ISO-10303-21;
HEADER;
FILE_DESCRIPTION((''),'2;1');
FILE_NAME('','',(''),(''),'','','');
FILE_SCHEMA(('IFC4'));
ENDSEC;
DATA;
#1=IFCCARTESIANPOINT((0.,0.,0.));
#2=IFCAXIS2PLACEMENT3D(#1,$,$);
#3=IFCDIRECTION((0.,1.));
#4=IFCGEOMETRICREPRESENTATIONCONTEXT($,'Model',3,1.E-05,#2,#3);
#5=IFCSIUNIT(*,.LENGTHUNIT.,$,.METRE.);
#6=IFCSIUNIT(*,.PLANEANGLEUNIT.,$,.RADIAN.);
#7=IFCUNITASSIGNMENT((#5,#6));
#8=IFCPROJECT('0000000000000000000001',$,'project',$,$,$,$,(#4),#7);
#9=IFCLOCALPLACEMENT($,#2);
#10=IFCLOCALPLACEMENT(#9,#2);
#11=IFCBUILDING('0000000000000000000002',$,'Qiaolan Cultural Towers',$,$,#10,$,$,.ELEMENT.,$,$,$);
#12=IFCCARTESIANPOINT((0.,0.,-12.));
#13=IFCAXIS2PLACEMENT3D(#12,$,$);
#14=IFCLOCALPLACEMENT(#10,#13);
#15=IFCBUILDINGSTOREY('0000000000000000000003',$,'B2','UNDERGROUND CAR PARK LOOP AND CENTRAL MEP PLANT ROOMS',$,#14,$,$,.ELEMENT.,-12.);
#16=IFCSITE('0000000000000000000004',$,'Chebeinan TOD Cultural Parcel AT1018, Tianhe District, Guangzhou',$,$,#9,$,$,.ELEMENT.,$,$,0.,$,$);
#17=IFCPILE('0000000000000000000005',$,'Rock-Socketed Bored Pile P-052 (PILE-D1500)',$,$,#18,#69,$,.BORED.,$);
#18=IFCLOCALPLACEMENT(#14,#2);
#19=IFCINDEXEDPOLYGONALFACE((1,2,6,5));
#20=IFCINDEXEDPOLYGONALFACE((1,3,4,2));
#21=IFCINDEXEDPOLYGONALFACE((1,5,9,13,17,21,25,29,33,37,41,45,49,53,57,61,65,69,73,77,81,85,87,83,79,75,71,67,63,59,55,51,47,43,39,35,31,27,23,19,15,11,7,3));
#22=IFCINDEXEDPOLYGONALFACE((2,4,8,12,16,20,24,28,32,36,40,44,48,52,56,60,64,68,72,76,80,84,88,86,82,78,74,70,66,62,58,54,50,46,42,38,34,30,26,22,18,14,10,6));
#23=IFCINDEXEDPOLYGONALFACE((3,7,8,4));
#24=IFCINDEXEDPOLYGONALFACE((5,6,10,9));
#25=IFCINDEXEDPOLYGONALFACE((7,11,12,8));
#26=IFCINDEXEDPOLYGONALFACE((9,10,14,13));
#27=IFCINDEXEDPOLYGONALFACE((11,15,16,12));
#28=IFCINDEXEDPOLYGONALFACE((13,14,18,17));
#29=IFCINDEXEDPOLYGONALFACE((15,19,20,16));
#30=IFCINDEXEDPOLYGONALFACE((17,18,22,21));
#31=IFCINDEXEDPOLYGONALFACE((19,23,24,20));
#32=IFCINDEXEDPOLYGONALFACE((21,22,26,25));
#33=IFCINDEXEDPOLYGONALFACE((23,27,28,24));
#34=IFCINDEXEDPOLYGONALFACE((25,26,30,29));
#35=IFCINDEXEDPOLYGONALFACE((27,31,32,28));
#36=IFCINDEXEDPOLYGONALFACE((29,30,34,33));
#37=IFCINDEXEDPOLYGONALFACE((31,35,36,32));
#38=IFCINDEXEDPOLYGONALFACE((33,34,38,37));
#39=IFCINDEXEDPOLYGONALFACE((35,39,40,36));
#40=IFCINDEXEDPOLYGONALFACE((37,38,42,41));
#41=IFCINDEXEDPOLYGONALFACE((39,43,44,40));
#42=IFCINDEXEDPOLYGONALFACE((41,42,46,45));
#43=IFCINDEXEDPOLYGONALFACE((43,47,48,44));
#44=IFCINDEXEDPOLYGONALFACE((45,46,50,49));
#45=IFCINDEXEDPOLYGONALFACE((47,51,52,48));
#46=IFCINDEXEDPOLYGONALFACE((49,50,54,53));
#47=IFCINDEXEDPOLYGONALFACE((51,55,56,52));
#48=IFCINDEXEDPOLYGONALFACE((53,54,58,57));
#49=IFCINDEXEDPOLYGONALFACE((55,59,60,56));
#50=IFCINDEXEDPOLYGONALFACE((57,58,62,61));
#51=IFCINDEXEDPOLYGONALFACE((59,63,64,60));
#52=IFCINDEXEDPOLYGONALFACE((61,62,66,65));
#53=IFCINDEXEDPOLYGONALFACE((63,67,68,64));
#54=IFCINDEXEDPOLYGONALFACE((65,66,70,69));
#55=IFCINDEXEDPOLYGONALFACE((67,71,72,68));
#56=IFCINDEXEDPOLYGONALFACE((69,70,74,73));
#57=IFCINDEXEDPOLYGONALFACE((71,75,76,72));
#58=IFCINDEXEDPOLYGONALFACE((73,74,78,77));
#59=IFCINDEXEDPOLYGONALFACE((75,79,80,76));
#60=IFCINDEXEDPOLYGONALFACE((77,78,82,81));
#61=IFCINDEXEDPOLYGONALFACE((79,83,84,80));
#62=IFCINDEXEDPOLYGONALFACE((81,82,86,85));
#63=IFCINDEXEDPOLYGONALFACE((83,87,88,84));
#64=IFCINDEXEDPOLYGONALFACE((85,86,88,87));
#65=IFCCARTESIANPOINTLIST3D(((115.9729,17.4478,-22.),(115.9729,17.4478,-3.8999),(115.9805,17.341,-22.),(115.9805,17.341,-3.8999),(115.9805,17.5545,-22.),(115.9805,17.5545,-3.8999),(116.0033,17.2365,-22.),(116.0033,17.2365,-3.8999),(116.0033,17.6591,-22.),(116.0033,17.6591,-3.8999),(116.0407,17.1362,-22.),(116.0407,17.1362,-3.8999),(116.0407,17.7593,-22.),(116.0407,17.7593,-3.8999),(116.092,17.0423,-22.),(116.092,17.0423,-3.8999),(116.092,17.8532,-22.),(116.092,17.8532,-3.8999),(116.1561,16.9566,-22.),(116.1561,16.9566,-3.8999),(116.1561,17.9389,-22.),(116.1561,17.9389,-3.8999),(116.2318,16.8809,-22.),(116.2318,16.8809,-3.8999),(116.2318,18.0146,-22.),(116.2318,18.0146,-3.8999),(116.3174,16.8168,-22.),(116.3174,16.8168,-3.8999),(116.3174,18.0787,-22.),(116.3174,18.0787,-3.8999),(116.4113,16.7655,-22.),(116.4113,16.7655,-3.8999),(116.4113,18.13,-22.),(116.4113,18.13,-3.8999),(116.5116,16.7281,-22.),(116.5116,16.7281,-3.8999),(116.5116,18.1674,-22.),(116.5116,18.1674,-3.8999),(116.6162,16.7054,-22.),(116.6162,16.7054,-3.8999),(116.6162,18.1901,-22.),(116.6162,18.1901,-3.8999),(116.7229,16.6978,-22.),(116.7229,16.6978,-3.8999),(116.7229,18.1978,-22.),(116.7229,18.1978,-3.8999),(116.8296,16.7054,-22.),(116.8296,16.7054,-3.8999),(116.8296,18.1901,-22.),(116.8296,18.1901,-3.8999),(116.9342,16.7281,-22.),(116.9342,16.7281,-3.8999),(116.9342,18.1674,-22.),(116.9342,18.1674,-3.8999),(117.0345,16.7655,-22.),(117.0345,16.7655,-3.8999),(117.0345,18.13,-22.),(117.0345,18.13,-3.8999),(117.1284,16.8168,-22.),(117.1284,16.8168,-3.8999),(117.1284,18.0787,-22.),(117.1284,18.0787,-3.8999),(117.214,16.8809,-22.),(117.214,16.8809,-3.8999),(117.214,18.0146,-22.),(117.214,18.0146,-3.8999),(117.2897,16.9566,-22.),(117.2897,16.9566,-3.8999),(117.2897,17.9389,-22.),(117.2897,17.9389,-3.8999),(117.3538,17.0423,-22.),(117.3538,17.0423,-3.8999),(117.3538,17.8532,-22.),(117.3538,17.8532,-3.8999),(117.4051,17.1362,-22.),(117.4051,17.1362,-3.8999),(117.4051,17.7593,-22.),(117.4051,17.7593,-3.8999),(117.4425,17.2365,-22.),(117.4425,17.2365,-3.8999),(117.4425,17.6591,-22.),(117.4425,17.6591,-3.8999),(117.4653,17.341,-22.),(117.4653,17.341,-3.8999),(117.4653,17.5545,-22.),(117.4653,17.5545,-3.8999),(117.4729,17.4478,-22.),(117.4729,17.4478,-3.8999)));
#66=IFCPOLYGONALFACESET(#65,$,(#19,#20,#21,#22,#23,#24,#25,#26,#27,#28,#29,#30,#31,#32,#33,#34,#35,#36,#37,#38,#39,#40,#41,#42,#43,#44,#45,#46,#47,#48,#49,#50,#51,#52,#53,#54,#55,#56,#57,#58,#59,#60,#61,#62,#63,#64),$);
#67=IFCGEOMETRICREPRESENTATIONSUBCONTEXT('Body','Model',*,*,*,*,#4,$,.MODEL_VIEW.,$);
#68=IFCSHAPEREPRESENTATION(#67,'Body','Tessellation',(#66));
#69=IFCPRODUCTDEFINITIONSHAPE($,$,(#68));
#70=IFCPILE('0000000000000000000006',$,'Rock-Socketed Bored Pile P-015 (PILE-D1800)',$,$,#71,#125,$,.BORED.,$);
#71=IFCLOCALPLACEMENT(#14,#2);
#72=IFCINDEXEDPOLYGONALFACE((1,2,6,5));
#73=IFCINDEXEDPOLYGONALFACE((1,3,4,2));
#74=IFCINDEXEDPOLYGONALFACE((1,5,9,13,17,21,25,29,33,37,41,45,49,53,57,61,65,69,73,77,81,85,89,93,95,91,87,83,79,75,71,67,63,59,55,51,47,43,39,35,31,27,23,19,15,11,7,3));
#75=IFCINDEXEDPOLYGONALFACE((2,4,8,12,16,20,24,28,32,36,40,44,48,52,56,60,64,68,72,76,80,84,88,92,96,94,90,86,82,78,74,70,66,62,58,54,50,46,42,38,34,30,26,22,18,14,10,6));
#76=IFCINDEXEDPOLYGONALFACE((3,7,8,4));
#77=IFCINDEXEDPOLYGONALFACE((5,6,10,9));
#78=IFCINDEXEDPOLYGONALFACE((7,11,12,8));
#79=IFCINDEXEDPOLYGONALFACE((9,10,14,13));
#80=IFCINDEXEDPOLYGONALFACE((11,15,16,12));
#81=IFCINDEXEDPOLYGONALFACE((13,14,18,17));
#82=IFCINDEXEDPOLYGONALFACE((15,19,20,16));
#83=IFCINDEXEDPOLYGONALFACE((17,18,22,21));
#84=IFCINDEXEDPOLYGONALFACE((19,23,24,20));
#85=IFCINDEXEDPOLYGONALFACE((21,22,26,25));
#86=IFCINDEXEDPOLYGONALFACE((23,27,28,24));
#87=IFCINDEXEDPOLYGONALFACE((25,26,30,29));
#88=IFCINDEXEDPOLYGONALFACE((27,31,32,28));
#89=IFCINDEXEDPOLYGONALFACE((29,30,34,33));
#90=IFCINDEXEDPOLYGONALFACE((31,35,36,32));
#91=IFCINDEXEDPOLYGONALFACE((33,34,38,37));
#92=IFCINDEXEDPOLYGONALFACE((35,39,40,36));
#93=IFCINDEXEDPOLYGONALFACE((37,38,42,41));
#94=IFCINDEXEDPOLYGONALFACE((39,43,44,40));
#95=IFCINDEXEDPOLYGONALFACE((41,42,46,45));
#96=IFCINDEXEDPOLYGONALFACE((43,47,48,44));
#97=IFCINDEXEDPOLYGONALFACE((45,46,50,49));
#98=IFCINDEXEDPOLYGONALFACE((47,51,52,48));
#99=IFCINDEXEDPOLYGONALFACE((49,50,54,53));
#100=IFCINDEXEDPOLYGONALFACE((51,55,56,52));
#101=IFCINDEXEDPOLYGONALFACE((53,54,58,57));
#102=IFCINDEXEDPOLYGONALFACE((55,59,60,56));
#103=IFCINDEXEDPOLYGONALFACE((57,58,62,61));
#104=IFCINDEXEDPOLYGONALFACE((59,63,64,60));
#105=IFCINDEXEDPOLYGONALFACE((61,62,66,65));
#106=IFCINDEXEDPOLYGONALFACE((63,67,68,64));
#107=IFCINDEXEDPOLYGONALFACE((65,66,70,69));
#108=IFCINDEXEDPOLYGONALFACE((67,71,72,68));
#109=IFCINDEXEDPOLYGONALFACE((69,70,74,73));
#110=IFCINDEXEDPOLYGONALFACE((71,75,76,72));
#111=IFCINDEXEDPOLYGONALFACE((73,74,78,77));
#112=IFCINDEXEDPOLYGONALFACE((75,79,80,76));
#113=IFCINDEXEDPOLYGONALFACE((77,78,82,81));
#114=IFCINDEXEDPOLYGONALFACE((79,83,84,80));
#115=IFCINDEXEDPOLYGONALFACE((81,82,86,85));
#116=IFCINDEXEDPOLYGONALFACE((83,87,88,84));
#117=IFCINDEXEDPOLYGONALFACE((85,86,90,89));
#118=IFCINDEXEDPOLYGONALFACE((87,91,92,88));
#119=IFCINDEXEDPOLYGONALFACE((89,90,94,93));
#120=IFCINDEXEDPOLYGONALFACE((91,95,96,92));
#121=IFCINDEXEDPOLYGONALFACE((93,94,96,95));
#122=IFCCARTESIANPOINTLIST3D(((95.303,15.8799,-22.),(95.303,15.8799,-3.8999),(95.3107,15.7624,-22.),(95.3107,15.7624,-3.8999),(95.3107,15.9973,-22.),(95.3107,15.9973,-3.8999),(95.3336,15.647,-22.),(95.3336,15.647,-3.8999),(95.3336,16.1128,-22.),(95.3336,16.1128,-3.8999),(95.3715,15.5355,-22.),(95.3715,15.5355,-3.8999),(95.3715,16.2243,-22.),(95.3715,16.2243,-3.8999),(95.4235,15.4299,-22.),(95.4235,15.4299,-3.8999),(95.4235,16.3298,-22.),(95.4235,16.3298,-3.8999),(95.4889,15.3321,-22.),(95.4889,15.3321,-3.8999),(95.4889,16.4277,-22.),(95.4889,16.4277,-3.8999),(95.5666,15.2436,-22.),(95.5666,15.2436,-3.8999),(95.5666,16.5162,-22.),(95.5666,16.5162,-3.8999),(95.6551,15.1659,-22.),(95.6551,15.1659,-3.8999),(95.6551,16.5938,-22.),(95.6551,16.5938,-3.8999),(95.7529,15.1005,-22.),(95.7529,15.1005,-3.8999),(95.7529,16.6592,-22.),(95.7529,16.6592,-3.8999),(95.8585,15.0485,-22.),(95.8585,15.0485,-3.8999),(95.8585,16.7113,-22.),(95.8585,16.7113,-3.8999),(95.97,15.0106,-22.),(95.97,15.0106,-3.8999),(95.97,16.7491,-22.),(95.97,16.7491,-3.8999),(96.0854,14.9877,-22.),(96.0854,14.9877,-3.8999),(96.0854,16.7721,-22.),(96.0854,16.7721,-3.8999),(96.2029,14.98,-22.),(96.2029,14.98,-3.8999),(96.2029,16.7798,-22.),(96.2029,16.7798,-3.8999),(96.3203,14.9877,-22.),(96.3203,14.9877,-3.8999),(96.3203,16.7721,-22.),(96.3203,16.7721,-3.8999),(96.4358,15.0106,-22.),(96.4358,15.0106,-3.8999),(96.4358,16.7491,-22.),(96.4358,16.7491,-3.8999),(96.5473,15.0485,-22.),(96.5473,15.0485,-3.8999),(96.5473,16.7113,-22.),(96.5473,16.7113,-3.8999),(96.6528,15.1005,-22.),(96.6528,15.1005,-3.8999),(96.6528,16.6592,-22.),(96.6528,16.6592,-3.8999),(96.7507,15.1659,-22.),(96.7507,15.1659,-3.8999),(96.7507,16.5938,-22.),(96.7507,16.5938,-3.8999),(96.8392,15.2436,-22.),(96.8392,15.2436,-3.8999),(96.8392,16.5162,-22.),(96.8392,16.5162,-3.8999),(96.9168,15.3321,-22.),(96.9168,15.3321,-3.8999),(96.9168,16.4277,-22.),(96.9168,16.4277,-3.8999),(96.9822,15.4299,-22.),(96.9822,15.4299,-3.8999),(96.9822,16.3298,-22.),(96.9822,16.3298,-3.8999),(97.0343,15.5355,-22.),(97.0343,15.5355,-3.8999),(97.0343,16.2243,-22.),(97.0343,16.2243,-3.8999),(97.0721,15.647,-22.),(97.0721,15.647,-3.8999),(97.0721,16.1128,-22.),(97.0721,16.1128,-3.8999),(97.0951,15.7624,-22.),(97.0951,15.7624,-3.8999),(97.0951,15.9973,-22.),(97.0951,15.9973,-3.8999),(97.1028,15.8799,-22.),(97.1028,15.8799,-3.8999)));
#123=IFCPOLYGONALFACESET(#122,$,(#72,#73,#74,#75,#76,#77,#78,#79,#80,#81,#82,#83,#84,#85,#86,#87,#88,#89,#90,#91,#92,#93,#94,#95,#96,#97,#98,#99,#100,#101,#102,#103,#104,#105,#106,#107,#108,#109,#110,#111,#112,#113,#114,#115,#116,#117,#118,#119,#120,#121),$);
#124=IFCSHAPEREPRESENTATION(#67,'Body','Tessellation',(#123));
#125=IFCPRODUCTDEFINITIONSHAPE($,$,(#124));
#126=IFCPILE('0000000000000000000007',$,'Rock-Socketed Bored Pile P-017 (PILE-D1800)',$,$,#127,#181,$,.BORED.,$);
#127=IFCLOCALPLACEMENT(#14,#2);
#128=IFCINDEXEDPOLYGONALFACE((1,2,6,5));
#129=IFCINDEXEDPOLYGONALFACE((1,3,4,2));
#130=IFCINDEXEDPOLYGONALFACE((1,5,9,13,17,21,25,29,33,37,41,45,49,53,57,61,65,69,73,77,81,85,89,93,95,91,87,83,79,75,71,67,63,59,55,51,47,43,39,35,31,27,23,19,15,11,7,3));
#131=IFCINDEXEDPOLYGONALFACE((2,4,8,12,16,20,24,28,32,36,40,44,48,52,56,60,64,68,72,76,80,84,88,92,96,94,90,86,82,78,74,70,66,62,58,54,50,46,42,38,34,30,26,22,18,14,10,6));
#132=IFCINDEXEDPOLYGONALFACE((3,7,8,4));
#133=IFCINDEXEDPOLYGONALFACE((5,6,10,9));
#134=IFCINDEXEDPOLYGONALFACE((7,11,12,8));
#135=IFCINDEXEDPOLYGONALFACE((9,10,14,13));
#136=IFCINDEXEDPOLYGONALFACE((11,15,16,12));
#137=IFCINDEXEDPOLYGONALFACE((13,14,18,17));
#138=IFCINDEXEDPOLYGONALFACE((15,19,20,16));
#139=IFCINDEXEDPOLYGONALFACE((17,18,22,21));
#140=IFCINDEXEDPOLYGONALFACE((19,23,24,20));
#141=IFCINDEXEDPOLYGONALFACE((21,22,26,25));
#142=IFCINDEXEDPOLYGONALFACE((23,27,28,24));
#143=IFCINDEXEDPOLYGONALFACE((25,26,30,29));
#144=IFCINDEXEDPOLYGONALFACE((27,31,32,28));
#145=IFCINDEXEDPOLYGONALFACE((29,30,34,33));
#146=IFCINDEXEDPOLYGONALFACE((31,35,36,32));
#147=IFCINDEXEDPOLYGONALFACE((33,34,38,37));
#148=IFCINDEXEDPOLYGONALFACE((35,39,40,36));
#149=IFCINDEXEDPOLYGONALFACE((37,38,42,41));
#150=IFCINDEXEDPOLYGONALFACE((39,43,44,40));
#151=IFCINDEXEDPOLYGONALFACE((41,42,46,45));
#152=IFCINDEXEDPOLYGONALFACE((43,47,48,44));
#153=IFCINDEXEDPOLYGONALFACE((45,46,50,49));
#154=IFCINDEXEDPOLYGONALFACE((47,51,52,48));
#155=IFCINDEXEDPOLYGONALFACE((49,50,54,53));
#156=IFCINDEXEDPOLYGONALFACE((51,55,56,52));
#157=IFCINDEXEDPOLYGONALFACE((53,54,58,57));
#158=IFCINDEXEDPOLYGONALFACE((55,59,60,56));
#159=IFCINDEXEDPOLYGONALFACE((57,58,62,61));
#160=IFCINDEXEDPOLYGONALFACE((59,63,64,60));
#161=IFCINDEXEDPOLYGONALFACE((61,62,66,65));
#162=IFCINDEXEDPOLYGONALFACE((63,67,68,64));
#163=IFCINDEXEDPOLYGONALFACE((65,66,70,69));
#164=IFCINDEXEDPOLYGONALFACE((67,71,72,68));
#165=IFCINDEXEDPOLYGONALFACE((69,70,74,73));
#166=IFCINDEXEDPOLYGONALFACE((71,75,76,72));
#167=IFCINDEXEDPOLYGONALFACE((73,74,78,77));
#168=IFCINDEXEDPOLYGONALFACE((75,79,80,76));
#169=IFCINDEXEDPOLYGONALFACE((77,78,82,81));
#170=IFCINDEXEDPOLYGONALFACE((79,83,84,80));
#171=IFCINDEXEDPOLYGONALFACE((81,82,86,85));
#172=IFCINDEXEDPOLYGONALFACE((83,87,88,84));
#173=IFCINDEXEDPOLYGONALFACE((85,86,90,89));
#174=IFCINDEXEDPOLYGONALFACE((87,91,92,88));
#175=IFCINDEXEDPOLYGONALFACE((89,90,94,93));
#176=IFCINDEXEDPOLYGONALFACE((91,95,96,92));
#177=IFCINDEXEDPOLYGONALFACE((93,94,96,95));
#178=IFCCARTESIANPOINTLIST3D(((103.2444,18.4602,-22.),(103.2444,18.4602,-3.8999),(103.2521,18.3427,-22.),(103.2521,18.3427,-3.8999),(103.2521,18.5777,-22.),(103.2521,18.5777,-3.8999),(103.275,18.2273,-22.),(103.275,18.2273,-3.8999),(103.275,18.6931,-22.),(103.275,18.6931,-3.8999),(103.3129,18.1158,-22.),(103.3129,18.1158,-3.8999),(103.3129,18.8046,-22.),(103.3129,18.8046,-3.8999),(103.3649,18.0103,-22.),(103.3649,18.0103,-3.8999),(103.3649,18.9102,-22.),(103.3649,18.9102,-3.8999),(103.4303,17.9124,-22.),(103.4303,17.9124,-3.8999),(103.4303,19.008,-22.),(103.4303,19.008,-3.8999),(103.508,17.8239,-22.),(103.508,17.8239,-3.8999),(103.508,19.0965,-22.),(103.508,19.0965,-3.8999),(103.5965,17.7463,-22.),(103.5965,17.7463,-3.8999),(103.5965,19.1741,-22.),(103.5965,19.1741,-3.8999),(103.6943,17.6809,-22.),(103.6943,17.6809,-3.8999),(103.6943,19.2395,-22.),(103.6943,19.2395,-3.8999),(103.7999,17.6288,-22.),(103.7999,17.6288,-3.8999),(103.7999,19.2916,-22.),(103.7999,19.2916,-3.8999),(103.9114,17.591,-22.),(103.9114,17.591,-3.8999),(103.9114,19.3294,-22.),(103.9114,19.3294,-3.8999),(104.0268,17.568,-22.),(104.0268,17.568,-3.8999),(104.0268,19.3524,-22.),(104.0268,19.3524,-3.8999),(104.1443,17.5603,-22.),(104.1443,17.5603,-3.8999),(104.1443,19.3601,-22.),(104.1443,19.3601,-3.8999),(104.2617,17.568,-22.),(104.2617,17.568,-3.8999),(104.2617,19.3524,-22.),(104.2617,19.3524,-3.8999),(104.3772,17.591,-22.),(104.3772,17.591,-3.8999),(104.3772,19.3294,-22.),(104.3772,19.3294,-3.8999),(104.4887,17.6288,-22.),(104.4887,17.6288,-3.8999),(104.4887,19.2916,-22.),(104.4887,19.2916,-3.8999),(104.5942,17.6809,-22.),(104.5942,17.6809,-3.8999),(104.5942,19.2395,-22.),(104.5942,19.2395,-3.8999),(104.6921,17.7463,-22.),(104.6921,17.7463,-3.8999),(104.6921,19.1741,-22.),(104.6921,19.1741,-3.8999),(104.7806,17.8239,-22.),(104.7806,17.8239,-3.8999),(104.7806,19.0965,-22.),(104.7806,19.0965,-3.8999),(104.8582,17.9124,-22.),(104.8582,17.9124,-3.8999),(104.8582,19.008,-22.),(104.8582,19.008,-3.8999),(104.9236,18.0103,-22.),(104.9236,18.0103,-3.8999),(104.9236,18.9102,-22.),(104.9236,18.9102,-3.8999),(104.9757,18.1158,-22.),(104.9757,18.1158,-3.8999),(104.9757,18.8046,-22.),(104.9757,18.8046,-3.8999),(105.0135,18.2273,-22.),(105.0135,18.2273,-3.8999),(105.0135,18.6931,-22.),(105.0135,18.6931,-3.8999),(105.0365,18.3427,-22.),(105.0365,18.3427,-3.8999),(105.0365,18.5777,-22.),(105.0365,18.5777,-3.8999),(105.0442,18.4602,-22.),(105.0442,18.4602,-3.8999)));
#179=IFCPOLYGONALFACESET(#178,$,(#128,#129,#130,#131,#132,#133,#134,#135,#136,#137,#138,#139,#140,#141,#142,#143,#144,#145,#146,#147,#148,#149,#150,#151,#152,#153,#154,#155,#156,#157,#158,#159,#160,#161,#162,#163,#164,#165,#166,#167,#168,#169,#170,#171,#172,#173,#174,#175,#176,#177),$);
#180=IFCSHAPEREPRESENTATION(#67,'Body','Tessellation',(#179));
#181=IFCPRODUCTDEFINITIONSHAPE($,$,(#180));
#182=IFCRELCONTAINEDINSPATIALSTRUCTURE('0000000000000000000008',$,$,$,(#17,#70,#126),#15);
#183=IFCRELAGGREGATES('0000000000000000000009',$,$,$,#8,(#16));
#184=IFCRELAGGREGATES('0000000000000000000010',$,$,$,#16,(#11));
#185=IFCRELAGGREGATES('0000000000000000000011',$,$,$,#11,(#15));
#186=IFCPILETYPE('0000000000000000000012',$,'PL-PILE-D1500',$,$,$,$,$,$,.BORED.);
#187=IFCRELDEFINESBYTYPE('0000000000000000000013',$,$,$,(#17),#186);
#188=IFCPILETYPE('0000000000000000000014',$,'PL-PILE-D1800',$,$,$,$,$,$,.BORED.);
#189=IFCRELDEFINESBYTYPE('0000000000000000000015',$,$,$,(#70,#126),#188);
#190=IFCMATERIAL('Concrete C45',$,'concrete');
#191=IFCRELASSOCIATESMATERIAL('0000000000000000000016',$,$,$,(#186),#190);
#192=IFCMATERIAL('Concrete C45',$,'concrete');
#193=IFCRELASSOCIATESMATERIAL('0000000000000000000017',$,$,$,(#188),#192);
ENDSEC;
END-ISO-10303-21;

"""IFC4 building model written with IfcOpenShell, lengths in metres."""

from ifc_helpers import new_model, si_unit, direction, frame, origin, origin_2d, place, context, subcontext, project, spatial, circle, extrude, material, material_profile, profile_set, type_object, element, save


model = new_model("IFC4")

# Units and contexts
model_context = context("Model", 3, precision=1e-05, world=origin(), true_north=direction((0.0, 1.0)))
body_context = subcontext(model_context, "Body", "Model", "MODEL_VIEW")
ifc_project = project(units=[si_unit("LENGTHUNIT", "METRE"), si_unit("PLANEANGLEUNIT", "RADIAN")], contexts=[model_context])

# Site, building, storey
site_placement = place(None, origin())
site = spatial("IfcSite", under=ifc_project, at=site_placement, Name="Chebeinan TOD Cultural Parcel AT1018, Tianhe District, Guangzhou", CompositionType="ELEMENT", RefElevation=0.0)
building_placement = place(site_placement, origin())
building = spatial("IfcBuilding", under=site, at=building_placement, Name="Qiaolan Cultural Towers", CompositionType="ELEMENT")
storey_placement = place(building_placement, frame((0.0, 0.0, -12.0)))
storey = spatial("IfcBuildingStorey", under=building, at=storey_placement, Name="B2", Description="UNDERGROUND CAR PARK LOOP AND CENTRAL MEP PLANT ROOMS", CompositionType="ELEMENT", Elevation=-12.0)

# Piles
ifc_material_1 = material(Name="Concrete C45", Category="concrete")
ifc_material_profile_1 = material_profile(ifc_material_1, circle(Radius=0.75, at=origin_2d()), Name="PILE-D1500")
ifc_profile_set_1 = profile_set([ifc_material_profile_1], Name="Concrete C45")
pile_type_1 = type_object("IfcPileType", Name="PL-PILE-D1500", PredefinedType="BORED", material=ifc_profile_set_1)
for number, where, z_axis, x_axis, name in (
    (1, (116.7229, 17.4478, -3.8999), (0.0, 0.0, -1.0), (1.0, 0.0, 0.0), "Rock-Socketed Bored Pile P-052 (PILE-D1500)"),
):
    element("IfcPile", number, at=place(storey_placement, frame(where, z_axis=z_axis, x_axis=x_axis)), inside=storey, type_object=pile_type_1, Name=name, PredefinedType="BORED", context=body_context, shape_type="SweptSolid", body=[
        extrude(circle(Radius=0.75, at=origin_2d()), origin(), (0.0, 0.0, 1.0), 18.1001),
    ])
ifc_material_2 = material(Name="Concrete C45", Category="concrete")
ifc_material_profile_2 = material_profile(ifc_material_2, circle(Radius=0.8999, at=origin_2d()), Name="PILE-D1800")
ifc_profile_set_2 = profile_set([ifc_material_profile_2], Name="Concrete C45")
pile_type_2 = type_object("IfcPileType", Name="PL-PILE-D1800", PredefinedType="BORED", material=ifc_profile_set_2)
for number, where, z_axis, x_axis, name in (
    (2, (96.2029, 15.8799, -3.8999), (0.0, 0.0, -1.0), (1.0, 0.0, 0.0), "Rock-Socketed Bored Pile P-015 (PILE-D1800)"),
    (3, (104.1443, 18.4602, -3.8999), (0.0, 0.0, -1.0), (1.0, 0.0, 0.0), "Rock-Socketed Bored Pile P-017 (PILE-D1800)"),
):
    element("IfcPile", number, at=place(storey_placement, frame(where, z_axis=z_axis, x_axis=x_axis)), inside=storey, type_object=pile_type_2, Name=name, PredefinedType="BORED", context=body_context, shape_type="SweptSolid", body=[
        extrude(circle(Radius=0.8999, at=origin_2d()), origin(), (0.0, 0.0, 1.0), 18.1001),
    ])

save(model, "model.ifc")
